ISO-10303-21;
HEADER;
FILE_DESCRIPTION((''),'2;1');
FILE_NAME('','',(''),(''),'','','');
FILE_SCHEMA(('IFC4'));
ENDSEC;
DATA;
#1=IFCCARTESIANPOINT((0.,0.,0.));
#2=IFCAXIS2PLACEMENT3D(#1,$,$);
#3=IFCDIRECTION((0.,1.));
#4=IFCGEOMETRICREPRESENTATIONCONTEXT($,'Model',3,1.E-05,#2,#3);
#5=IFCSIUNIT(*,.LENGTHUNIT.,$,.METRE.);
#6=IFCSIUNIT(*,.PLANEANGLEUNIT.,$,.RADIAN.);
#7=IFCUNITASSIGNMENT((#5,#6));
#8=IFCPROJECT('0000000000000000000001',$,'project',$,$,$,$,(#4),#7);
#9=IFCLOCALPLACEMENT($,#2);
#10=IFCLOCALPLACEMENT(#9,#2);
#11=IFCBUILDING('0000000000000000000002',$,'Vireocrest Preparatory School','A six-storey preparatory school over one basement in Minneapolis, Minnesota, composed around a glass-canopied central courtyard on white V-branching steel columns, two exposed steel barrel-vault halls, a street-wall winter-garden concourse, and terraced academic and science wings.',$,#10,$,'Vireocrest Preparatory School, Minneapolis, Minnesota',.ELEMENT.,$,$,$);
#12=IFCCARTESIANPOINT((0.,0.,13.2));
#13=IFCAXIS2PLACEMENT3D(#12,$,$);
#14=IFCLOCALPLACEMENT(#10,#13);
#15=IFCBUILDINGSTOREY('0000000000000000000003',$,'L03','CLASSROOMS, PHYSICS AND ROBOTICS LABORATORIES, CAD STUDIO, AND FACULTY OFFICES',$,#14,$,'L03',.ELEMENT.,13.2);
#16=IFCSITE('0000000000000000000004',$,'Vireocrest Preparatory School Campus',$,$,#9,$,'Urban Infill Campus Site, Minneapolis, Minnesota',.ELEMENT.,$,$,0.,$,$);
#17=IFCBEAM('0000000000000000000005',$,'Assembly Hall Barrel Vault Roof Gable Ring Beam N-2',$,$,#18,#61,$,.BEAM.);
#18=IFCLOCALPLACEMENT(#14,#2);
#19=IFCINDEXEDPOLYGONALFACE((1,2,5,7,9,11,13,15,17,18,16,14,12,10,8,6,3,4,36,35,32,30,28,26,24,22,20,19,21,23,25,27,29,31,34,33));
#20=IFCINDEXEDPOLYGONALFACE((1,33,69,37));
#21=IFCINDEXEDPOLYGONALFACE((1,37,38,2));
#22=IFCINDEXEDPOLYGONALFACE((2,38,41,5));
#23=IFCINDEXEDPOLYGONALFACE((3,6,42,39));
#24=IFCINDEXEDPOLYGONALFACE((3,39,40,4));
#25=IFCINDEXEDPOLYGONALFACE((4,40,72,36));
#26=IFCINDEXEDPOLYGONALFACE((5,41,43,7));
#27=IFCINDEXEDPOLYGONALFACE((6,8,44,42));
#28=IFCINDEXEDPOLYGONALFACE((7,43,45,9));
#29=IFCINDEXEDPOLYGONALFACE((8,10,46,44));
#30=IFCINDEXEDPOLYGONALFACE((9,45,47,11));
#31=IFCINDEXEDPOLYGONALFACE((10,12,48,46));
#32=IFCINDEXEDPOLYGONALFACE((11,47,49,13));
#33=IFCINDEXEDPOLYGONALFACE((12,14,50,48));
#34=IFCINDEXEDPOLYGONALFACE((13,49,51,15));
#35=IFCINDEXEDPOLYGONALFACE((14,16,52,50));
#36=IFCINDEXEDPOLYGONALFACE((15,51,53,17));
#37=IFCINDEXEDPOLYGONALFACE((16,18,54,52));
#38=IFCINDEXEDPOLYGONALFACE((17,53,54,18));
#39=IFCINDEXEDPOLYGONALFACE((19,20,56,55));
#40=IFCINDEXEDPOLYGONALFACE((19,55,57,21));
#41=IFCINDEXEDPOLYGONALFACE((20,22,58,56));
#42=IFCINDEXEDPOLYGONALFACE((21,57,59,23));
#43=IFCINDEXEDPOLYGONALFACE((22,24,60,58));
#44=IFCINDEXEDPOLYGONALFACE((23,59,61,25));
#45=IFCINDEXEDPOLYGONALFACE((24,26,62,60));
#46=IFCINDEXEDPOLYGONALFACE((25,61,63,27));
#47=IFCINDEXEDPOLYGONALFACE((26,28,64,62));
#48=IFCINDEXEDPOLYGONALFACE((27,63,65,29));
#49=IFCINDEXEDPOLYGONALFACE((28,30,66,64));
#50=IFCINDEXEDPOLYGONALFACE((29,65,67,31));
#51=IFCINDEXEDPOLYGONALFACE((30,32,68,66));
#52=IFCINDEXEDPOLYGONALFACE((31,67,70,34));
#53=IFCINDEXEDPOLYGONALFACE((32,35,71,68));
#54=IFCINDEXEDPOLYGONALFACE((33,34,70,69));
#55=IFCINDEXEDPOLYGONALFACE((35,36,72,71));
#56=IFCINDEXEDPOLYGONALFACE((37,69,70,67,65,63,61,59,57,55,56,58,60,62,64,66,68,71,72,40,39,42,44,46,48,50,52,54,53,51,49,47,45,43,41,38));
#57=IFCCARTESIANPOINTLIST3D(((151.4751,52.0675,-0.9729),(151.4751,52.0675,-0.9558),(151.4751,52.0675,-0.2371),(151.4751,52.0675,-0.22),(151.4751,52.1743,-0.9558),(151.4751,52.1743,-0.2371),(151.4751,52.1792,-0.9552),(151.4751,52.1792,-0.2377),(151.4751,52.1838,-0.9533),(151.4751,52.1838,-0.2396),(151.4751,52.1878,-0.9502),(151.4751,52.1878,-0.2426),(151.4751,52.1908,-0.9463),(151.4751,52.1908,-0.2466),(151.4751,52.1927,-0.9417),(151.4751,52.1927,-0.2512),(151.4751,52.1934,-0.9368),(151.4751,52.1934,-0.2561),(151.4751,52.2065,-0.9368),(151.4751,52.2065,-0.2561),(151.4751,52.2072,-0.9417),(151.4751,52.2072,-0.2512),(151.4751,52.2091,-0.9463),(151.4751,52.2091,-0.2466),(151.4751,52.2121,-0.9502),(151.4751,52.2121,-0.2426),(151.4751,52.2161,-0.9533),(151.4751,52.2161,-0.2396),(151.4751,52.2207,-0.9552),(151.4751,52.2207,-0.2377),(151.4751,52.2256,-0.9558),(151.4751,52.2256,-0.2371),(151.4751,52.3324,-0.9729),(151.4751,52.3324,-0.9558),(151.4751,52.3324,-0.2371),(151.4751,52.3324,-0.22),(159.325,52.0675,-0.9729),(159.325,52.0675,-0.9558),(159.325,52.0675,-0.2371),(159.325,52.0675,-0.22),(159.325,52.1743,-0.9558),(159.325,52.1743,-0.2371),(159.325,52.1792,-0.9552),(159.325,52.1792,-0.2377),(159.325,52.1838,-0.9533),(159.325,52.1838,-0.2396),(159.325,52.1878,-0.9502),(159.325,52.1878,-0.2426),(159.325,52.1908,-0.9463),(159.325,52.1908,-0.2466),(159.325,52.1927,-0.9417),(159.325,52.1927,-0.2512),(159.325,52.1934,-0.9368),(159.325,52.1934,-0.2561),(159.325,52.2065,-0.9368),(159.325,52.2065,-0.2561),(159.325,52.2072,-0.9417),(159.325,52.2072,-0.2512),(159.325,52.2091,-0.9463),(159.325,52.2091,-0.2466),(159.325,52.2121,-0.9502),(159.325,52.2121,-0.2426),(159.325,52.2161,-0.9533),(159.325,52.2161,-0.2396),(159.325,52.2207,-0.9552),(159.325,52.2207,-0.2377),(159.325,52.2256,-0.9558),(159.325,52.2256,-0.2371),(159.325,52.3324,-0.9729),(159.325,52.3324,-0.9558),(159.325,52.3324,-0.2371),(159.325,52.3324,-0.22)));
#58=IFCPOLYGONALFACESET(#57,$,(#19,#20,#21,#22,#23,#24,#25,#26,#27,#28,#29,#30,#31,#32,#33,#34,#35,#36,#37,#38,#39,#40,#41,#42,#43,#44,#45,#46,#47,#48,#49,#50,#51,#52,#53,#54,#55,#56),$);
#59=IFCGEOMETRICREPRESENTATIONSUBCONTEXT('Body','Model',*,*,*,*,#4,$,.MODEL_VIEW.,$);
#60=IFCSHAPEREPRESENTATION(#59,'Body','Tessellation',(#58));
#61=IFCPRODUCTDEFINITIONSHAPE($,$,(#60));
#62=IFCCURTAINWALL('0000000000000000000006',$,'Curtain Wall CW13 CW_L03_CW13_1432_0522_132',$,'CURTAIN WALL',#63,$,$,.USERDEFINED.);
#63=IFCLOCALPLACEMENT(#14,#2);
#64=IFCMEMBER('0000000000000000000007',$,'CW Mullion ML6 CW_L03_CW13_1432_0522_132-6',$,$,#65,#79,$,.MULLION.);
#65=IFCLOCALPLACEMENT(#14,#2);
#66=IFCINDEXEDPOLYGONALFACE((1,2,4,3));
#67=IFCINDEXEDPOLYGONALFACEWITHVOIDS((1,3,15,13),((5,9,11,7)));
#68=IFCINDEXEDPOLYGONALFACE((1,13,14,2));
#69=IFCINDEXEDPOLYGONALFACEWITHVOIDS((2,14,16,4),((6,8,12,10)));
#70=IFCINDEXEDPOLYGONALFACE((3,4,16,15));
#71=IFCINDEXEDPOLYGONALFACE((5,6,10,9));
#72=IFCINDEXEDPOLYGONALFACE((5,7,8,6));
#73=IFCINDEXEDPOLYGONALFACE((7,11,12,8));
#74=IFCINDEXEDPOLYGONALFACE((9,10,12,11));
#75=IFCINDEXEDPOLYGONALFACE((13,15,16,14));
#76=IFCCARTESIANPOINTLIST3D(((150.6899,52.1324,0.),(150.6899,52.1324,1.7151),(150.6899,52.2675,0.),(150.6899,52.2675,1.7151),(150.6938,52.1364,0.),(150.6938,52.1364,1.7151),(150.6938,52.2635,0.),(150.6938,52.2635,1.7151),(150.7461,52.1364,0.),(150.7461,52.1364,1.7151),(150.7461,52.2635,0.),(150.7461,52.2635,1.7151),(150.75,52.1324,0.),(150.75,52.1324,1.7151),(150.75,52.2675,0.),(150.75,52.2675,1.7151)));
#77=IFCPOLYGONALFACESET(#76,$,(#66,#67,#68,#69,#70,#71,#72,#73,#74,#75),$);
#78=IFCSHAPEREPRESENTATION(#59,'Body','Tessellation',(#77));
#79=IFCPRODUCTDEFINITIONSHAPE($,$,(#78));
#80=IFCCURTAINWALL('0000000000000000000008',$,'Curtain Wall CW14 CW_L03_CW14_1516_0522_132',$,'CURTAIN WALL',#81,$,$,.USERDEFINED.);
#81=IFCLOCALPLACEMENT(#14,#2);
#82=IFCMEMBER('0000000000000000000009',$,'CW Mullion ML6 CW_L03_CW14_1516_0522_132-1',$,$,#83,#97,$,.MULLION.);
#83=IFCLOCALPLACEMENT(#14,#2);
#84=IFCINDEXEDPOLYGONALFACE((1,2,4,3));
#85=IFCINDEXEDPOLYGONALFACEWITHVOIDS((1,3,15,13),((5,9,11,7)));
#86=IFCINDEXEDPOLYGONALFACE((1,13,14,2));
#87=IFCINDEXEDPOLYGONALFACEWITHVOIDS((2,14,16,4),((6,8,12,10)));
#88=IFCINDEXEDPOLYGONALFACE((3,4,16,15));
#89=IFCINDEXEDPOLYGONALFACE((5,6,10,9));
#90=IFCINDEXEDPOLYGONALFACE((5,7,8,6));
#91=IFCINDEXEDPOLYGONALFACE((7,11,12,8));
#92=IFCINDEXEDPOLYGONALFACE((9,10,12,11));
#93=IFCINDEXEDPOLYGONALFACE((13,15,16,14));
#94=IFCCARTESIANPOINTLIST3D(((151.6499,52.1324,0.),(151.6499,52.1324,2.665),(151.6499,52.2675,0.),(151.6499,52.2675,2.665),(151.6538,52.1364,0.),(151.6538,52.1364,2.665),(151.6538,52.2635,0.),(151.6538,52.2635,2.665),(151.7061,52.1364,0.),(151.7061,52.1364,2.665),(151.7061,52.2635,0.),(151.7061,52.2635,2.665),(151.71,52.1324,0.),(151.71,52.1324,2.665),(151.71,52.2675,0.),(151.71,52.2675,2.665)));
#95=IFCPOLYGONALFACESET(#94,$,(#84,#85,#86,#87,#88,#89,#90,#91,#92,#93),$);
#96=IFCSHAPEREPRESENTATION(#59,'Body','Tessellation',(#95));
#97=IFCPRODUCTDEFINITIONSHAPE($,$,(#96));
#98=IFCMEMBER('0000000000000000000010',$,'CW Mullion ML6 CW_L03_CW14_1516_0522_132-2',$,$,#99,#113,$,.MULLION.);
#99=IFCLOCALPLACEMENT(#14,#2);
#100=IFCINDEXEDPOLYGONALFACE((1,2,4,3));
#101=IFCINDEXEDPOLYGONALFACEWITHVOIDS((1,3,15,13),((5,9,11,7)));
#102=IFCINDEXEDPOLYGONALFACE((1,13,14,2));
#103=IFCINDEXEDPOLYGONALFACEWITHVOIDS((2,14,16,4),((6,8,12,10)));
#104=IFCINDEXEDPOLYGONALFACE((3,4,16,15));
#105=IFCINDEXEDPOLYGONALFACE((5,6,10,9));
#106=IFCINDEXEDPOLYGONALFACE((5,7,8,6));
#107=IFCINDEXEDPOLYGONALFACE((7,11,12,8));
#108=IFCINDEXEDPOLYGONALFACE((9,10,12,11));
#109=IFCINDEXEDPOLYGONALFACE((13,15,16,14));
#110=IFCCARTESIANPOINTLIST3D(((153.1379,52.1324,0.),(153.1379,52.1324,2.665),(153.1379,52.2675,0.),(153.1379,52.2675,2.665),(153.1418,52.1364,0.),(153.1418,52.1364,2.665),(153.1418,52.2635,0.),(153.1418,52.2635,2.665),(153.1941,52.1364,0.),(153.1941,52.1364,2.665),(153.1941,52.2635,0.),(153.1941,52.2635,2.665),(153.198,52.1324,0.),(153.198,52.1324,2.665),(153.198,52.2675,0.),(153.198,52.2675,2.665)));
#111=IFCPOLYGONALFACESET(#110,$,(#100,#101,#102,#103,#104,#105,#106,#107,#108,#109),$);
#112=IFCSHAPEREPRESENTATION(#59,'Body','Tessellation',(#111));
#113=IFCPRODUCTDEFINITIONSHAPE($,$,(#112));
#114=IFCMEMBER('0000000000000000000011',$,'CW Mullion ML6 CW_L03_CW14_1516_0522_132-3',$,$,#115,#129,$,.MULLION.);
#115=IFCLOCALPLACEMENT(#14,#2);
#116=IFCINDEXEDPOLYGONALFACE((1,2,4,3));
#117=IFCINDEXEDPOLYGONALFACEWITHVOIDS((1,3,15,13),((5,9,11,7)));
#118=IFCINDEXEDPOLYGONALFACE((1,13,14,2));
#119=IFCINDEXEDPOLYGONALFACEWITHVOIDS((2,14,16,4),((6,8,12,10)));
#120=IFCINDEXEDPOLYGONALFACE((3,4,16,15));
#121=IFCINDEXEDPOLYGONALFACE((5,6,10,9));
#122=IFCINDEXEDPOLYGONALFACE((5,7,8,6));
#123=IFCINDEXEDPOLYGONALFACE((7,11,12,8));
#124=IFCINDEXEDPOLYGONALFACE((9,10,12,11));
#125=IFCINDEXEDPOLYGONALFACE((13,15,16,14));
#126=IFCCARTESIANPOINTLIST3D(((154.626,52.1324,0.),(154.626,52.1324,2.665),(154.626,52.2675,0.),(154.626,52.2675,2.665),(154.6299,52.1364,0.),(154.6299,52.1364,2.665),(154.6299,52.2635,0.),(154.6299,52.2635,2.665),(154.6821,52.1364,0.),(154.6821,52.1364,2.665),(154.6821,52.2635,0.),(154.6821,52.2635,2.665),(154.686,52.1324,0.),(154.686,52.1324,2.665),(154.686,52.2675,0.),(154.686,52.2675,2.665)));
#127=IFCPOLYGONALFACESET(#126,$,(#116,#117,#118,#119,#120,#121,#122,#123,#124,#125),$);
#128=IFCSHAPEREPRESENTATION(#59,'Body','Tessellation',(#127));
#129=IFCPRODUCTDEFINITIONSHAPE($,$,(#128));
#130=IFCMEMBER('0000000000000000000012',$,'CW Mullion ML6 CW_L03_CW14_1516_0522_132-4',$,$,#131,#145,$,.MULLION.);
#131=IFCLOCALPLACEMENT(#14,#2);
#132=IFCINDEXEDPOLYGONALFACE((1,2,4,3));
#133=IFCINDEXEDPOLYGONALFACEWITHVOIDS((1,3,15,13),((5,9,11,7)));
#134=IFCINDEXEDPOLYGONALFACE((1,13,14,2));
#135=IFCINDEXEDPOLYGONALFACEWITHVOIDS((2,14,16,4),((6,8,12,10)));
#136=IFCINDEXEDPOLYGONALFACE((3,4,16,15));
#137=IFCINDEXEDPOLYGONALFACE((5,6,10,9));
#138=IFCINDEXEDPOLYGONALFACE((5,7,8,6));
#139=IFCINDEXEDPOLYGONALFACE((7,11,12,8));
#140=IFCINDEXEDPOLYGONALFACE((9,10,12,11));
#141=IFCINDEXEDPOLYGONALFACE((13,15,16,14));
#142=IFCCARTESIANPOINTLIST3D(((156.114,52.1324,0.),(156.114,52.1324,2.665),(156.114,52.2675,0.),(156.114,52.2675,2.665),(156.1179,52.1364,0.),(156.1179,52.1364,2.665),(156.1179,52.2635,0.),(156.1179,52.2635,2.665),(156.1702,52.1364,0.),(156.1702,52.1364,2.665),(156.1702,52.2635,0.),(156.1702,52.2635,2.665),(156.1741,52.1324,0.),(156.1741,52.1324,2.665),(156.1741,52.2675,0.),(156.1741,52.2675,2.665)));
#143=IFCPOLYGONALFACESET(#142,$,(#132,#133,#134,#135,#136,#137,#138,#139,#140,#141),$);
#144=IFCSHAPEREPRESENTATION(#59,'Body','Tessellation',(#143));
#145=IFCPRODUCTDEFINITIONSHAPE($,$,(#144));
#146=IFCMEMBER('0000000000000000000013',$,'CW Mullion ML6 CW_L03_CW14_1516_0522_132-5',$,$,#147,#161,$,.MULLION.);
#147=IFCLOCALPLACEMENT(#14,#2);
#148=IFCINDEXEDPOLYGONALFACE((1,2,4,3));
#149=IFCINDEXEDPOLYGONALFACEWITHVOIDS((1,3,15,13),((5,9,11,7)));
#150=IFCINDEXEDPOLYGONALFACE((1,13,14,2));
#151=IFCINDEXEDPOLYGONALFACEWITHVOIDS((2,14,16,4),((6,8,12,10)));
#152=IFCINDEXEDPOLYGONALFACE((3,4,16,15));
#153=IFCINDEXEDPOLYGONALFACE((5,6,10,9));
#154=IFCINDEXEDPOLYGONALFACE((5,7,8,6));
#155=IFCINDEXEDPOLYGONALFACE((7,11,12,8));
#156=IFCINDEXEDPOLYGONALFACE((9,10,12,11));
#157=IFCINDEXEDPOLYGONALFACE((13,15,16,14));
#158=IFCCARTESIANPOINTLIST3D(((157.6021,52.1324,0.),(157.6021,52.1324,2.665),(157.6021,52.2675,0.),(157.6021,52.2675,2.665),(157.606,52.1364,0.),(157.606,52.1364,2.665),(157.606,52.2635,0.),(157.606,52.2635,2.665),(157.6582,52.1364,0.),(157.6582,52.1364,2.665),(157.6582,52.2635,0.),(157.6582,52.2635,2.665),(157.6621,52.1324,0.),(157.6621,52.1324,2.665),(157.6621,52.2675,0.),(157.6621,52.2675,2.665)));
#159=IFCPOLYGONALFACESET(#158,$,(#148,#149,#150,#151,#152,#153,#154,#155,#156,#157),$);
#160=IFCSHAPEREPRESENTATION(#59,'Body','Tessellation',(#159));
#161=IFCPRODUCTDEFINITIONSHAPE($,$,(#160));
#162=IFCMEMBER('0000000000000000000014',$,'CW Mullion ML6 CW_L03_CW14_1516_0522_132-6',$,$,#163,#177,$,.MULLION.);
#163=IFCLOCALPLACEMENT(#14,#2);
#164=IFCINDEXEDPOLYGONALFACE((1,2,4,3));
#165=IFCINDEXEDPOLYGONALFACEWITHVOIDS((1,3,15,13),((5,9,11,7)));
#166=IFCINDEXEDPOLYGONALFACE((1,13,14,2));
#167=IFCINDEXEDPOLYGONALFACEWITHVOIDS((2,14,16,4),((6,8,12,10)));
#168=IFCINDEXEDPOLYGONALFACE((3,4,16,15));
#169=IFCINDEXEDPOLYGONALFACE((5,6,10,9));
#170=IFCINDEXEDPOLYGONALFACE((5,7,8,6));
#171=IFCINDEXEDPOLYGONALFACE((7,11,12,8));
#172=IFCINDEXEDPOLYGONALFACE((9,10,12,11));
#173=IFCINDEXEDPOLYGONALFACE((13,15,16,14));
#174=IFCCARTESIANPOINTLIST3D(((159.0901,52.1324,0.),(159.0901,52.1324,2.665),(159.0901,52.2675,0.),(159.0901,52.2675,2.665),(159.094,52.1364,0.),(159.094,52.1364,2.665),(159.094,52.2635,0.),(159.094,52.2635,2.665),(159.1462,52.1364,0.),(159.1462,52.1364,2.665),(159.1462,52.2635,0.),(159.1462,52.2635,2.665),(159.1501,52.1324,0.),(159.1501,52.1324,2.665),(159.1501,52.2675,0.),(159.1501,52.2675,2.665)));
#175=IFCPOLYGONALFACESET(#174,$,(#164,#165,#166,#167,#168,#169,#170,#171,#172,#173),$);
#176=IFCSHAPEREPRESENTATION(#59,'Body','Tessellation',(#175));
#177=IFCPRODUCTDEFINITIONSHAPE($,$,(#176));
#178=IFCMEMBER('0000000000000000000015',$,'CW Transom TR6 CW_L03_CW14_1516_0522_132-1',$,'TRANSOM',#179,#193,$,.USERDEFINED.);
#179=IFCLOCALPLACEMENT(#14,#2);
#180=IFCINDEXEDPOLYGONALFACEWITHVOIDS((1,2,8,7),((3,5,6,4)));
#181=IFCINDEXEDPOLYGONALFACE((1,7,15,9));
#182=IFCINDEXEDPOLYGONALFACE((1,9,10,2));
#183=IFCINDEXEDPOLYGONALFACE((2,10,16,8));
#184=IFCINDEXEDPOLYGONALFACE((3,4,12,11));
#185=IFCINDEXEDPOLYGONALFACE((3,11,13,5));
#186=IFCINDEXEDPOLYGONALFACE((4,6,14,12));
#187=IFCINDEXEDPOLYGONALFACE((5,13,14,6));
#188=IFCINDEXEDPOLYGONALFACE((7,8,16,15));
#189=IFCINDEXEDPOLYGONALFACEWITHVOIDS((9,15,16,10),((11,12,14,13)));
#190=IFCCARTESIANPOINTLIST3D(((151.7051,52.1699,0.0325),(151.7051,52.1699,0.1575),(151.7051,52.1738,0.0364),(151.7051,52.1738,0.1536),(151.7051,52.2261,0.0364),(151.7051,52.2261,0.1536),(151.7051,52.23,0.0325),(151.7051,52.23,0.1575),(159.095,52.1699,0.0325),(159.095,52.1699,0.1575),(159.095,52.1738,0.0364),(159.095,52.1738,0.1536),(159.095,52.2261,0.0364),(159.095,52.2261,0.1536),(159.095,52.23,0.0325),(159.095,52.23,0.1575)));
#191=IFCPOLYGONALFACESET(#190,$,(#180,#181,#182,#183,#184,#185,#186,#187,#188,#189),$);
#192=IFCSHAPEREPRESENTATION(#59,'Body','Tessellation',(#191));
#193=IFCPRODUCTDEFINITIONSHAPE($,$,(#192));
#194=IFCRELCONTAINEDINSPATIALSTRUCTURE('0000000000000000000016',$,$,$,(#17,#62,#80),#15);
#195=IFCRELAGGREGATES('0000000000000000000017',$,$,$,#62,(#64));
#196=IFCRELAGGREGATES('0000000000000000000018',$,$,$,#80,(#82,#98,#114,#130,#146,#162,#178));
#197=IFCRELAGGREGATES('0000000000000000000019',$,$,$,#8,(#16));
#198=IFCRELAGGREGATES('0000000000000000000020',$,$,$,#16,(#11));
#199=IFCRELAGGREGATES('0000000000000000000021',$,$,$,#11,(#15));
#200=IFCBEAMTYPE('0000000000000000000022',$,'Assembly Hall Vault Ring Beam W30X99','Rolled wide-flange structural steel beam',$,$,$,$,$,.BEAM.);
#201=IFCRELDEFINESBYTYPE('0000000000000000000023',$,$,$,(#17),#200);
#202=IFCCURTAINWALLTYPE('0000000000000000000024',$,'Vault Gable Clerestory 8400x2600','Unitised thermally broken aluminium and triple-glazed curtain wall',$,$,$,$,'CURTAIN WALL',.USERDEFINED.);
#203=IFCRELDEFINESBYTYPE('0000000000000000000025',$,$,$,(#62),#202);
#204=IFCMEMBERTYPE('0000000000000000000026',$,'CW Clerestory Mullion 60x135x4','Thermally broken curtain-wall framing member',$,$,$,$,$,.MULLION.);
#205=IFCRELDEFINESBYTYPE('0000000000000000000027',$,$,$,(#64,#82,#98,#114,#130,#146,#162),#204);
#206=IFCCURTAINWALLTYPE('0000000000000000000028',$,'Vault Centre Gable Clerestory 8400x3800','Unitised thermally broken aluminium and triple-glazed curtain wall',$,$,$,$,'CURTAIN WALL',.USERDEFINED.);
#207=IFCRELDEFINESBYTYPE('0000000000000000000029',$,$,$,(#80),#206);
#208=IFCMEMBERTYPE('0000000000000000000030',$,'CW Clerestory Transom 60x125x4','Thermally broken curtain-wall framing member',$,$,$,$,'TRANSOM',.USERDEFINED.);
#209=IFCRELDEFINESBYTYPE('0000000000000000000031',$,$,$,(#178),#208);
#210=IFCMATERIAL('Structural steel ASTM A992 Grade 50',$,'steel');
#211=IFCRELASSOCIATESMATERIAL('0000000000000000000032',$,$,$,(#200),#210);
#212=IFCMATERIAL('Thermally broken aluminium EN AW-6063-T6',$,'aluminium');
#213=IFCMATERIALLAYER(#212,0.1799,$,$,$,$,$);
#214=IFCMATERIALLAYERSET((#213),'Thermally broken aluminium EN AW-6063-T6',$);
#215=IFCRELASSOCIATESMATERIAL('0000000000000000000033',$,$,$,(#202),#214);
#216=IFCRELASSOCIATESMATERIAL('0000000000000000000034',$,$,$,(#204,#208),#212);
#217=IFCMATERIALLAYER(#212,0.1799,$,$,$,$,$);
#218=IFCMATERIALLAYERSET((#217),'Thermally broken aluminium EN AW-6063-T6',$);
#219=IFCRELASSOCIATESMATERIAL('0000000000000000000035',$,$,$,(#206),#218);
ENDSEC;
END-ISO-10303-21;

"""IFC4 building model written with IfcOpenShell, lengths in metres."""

from ifc_helpers import new_model, si_unit, direction, frame, origin, origin_2d, place, context, subcontext, project, spatial, hollow_rectangle, i_section, extrude, material, layer, layer_set, material_profile, profile_set, type_object, element, aggregate, save


model = new_model("IFC4")

# Units and contexts
model_context = context("Model", 3, precision=1e-05, world=origin(), true_north=direction((0.0, 1.0)))
body_context = subcontext(model_context, "Body", "Model", "MODEL_VIEW")
ifc_project = project(units=[si_unit("LENGTHUNIT", "METRE"), si_unit("PLANEANGLEUNIT", "RADIAN")], contexts=[model_context])

# Site, building, storey
site_placement = place(None, origin())
site = spatial("IfcSite", under=ifc_project, at=site_placement, Name="Vireocrest Preparatory School Campus", LongName="Urban Infill Campus Site, Minneapolis, Minnesota", CompositionType="ELEMENT", RefElevation=0.0)
building_placement = place(site_placement, origin())
building = spatial("IfcBuilding", under=site, at=building_placement, Name="Vireocrest Preparatory School", Description="A six-storey preparatory school over one basement in Minneapolis, Minnesota, composed around a glass-canopied central courtyard on white V-branching steel columns, two exposed steel barrel-vault halls, a street-wall winter-garden concourse, and terraced academic and science wings.", LongName="Vireocrest Preparatory School, Minneapolis, Minnesota", CompositionType="ELEMENT")
storey_placement = place(building_placement, frame((0.0, 0.0, 13.2)))
storey = spatial("IfcBuildingStorey", under=building, at=storey_placement, Name="L03", Description="CLASSROOMS, PHYSICS AND ROBOTICS LABORATORIES, CAD STUDIO, AND FACULTY OFFICES", LongName="L03", CompositionType="ELEMENT", Elevation=13.2)

# Beam
ifc_material_1 = material(Name="Structural steel ASTM A992 Grade 50", Category="steel")
ifc_material_profile_1 = material_profile(ifc_material_1, i_section(OverallWidth=0.2649, OverallDepth=0.7529, WebThickness=0.0132, FlangeThickness=0.0171, FilletRadius=0.019, at=origin_2d()), Name="W30X99")
ifc_profile_set_1 = profile_set([ifc_material_profile_1], Name="Structural steel ASTM A992 Grade 50")
beam_type_1 = type_object("IfcBeamType", Name="Assembly Hall Vault Ring Beam W30X99", Description="Rolled wide-flange structural steel beam", PredefinedType="BEAM", material=ifc_profile_set_1)
beam_1_placement = place(storey_placement, frame((151.4751, 52.2, -0.5964), z_axis=(1.0, 0.0, 0.0), x_axis=(0.0, 1.0, 0.0)))
element("IfcBeam", 1, at=beam_1_placement, inside=storey, type_object=beam_type_1, Name="Assembly Hall Barrel Vault Roof Gable Ring Beam N-2", PredefinedType="BEAM", context=body_context, shape_type="SweptSolid", body=[
    extrude(i_section(OverallWidth=0.2649, OverallDepth=0.7529, WebThickness=0.0132, FlangeThickness=0.0171, FilletRadius=0.019, at=origin_2d()), origin(), (0.0, 0.0, 1.0), 7.8499),
])

# Curtain wall, member
ifc_material_2 = material(Name="Thermally broken aluminium EN AW-6063-T6", Category="aluminium")
ifc_layer_1 = layer(ifc_material_2, 0.1799)
ifc_layer_set_1 = layer_set([ifc_layer_1], Name="Thermally broken aluminium EN AW-6063-T6")
curtain_wall_type_1 = type_object("IfcCurtainWallType", Name="Vault Gable Clerestory 8400x2600", Description="Unitised thermally broken aluminium and triple-glazed curtain wall", ElementType="CURTAIN WALL", PredefinedType="USERDEFINED", material=ifc_layer_set_1)
curtain_wall_1_placement = place(storey_placement, origin())
curtain_wall_1 = element("IfcCurtainWall", 2, at=curtain_wall_1_placement, inside=storey, type_object=curtain_wall_type_1, Name="Curtain Wall CW13 CW_L03_CW13_1432_0522_132", ObjectType="CURTAIN WALL", PredefinedType="USERDEFINED")
ifc_material_profile_2 = material_profile(ifc_material_2, hollow_rectangle(XDim=0.0601, YDim=0.135, WallThickness=0.0039, at=origin_2d()), Name="ALU 60x135x4")
ifc_profile_set_2 = profile_set([ifc_material_profile_2], Name="Thermally broken aluminium EN AW-6063-T6")
member_type_1 = type_object("IfcMemberType", Name="CW Clerestory Mullion 60x135x4", Description="Thermally broken curtain-wall framing member", PredefinedType="MULLION", material=ifc_profile_set_2)
member_1_placement = place(storey_placement, frame((150.72, 52.2, 0.0), z_axis=(0.0, 0.0, 1.0), x_axis=(1.0, 0.0, 0.0)))
member_1 = element("IfcMember", 3, at=member_1_placement, type_object=member_type_1, Name="CW Mullion ML6 CW_L03_CW13_1432_0522_132-6", PredefinedType="MULLION", context=body_context, shape_type="SweptSolid", body=[
    extrude(hollow_rectangle(XDim=0.0601, YDim=0.135, WallThickness=0.0039, at=origin_2d()), origin(), (0.0, 0.0, 1.0), 1.7151),
])
aggregate(curtain_wall_1, [member_1])

# Curtain wall, members
ifc_layer_2 = layer(ifc_material_2, 0.1799)
ifc_layer_set_2 = layer_set([ifc_layer_2], Name="Thermally broken aluminium EN AW-6063-T6")
curtain_wall_type_2 = type_object("IfcCurtainWallType", Name="Vault Centre Gable Clerestory 8400x3800", Description="Unitised thermally broken aluminium and triple-glazed curtain wall", ElementType="CURTAIN WALL", PredefinedType="USERDEFINED", material=ifc_layer_set_2)
curtain_wall_2_placement = place(storey_placement, origin())
curtain_wall_2 = element("IfcCurtainWall", 4, at=curtain_wall_2_placement, inside=storey, type_object=curtain_wall_type_2, Name="Curtain Wall CW14 CW_L03_CW14_1516_0522_132", ObjectType="CURTAIN WALL", PredefinedType="USERDEFINED")
member_2_placement = place(storey_placement, frame((151.6799, 52.2, 0.0), z_axis=(0.0, 0.0, 1.0), x_axis=(1.0, 0.0, 0.0)))
member_2 = element("IfcMember", 5, at=member_2_placement, type_object=member_type_1, Name="CW Mullion ML6 CW_L03_CW14_1516_0522_132-1", PredefinedType="MULLION", context=body_context, shape_type="SweptSolid", body=[
    extrude(hollow_rectangle(XDim=0.0601, YDim=0.135, WallThickness=0.0039, at=origin_2d()), origin(), (0.0, 0.0, 1.0), 2.665),
])
member_3_placement = place(storey_placement, frame((153.168, 52.2, 0.0), z_axis=(0.0, 0.0, 1.0), x_axis=(1.0, 0.0, 0.0)))
member_3 = element("IfcMember", 6, at=member_3_placement, type_object=member_type_1, Name="CW Mullion ML6 CW_L03_CW14_1516_0522_132-2", PredefinedType="MULLION", context=body_context, shape_type="SweptSolid", body=[
    extrude(hollow_rectangle(XDim=0.0601, YDim=0.135, WallThickness=0.0039, at=origin_2d()), origin(), (0.0, 0.0, 1.0), 2.665),
])
member_4_placement = place(storey_placement, frame((154.656, 52.2, 0.0), z_axis=(0.0, 0.0, 1.0), x_axis=(1.0, 0.0, 0.0)))
member_4 = element("IfcMember", 7, at=member_4_placement, type_object=member_type_1, Name="CW Mullion ML6 CW_L03_CW14_1516_0522_132-3", PredefinedType="MULLION", context=body_context, shape_type="SweptSolid", body=[
    extrude(hollow_rectangle(XDim=0.0601, YDim=0.135, WallThickness=0.0039, at=origin_2d()), origin(), (0.0, 0.0, 1.0), 2.665),
])
member_5_placement = place(storey_placement, frame((156.144, 52.2, 0.0), z_axis=(0.0, 0.0, 1.0), x_axis=(1.0, 0.0, 0.0)))
member_5 = element("IfcMember", 8, at=member_5_placement, type_object=member_type_1, Name="CW Mullion ML6 CW_L03_CW14_1516_0522_132-4", PredefinedType="MULLION", context=body_context, shape_type="SweptSolid", body=[
    extrude(hollow_rectangle(XDim=0.0601, YDim=0.135, WallThickness=0.0039, at=origin_2d()), origin(), (0.0, 0.0, 1.0), 2.665),
])
member_6_placement = place(storey_placement, frame((157.6321, 52.2, 0.0), z_axis=(0.0, 0.0, 1.0), x_axis=(1.0, 0.0, 0.0)))
member_6 = element("IfcMember", 9, at=member_6_placement, type_object=member_type_1, Name="CW Mullion ML6 CW_L03_CW14_1516_0522_132-5", PredefinedType="MULLION", context=body_context, shape_type="SweptSolid", body=[
    extrude(hollow_rectangle(XDim=0.0601, YDim=0.135, WallThickness=0.0039, at=origin_2d()), origin(), (0.0, 0.0, 1.0), 2.665),
])
member_7_placement = place(storey_placement, frame((159.1201, 52.2, 0.0), z_axis=(0.0, 0.0, 1.0), x_axis=(1.0, 0.0, 0.0)))
member_7 = element("IfcMember", 10, at=member_7_placement, type_object=member_type_1, Name="CW Mullion ML6 CW_L03_CW14_1516_0522_132-6", PredefinedType="MULLION", context=body_context, shape_type="SweptSolid", body=[
    extrude(hollow_rectangle(XDim=0.0601, YDim=0.135, WallThickness=0.0039, at=origin_2d()), origin(), (0.0, 0.0, 1.0), 2.665),
])
ifc_material_profile_3 = material_profile(ifc_material_2, hollow_rectangle(XDim=0.0601, YDim=0.125, WallThickness=0.0039, at=origin_2d()), Name="ALU 60x125x4")
ifc_profile_set_3 = profile_set([ifc_material_profile_3], Name="Thermally broken aluminium EN AW-6063-T6")
member_type_2 = type_object("IfcMemberType", Name="CW Clerestory Transom 60x125x4", Description="Thermally broken curtain-wall framing member", ElementType="TRANSOM", PredefinedType="USERDEFINED", material=ifc_profile_set_3)
member_8_placement = place(storey_placement, frame((151.7051, 52.2, 0.095), z_axis=(1.0, 0.0, 0.0), x_axis=(0.0, 1.0, 0.0)))
member_8 = element("IfcMember", 11, at=member_8_placement, type_object=member_type_2, Name="CW Transom TR6 CW_L03_CW14_1516_0522_132-1", ObjectType="TRANSOM", PredefinedType="USERDEFINED", context=body_context, shape_type="SweptSolid", body=[
    extrude(hollow_rectangle(XDim=0.0601, YDim=0.125, WallThickness=0.0039, at=origin_2d()), origin(), (0.0, 0.0, 1.0), 7.3899),
])

aggregate(curtain_wall_2, [member_2, member_3, member_4, member_5, member_6, member_7, member_8])

save(model, "model.ifc")
